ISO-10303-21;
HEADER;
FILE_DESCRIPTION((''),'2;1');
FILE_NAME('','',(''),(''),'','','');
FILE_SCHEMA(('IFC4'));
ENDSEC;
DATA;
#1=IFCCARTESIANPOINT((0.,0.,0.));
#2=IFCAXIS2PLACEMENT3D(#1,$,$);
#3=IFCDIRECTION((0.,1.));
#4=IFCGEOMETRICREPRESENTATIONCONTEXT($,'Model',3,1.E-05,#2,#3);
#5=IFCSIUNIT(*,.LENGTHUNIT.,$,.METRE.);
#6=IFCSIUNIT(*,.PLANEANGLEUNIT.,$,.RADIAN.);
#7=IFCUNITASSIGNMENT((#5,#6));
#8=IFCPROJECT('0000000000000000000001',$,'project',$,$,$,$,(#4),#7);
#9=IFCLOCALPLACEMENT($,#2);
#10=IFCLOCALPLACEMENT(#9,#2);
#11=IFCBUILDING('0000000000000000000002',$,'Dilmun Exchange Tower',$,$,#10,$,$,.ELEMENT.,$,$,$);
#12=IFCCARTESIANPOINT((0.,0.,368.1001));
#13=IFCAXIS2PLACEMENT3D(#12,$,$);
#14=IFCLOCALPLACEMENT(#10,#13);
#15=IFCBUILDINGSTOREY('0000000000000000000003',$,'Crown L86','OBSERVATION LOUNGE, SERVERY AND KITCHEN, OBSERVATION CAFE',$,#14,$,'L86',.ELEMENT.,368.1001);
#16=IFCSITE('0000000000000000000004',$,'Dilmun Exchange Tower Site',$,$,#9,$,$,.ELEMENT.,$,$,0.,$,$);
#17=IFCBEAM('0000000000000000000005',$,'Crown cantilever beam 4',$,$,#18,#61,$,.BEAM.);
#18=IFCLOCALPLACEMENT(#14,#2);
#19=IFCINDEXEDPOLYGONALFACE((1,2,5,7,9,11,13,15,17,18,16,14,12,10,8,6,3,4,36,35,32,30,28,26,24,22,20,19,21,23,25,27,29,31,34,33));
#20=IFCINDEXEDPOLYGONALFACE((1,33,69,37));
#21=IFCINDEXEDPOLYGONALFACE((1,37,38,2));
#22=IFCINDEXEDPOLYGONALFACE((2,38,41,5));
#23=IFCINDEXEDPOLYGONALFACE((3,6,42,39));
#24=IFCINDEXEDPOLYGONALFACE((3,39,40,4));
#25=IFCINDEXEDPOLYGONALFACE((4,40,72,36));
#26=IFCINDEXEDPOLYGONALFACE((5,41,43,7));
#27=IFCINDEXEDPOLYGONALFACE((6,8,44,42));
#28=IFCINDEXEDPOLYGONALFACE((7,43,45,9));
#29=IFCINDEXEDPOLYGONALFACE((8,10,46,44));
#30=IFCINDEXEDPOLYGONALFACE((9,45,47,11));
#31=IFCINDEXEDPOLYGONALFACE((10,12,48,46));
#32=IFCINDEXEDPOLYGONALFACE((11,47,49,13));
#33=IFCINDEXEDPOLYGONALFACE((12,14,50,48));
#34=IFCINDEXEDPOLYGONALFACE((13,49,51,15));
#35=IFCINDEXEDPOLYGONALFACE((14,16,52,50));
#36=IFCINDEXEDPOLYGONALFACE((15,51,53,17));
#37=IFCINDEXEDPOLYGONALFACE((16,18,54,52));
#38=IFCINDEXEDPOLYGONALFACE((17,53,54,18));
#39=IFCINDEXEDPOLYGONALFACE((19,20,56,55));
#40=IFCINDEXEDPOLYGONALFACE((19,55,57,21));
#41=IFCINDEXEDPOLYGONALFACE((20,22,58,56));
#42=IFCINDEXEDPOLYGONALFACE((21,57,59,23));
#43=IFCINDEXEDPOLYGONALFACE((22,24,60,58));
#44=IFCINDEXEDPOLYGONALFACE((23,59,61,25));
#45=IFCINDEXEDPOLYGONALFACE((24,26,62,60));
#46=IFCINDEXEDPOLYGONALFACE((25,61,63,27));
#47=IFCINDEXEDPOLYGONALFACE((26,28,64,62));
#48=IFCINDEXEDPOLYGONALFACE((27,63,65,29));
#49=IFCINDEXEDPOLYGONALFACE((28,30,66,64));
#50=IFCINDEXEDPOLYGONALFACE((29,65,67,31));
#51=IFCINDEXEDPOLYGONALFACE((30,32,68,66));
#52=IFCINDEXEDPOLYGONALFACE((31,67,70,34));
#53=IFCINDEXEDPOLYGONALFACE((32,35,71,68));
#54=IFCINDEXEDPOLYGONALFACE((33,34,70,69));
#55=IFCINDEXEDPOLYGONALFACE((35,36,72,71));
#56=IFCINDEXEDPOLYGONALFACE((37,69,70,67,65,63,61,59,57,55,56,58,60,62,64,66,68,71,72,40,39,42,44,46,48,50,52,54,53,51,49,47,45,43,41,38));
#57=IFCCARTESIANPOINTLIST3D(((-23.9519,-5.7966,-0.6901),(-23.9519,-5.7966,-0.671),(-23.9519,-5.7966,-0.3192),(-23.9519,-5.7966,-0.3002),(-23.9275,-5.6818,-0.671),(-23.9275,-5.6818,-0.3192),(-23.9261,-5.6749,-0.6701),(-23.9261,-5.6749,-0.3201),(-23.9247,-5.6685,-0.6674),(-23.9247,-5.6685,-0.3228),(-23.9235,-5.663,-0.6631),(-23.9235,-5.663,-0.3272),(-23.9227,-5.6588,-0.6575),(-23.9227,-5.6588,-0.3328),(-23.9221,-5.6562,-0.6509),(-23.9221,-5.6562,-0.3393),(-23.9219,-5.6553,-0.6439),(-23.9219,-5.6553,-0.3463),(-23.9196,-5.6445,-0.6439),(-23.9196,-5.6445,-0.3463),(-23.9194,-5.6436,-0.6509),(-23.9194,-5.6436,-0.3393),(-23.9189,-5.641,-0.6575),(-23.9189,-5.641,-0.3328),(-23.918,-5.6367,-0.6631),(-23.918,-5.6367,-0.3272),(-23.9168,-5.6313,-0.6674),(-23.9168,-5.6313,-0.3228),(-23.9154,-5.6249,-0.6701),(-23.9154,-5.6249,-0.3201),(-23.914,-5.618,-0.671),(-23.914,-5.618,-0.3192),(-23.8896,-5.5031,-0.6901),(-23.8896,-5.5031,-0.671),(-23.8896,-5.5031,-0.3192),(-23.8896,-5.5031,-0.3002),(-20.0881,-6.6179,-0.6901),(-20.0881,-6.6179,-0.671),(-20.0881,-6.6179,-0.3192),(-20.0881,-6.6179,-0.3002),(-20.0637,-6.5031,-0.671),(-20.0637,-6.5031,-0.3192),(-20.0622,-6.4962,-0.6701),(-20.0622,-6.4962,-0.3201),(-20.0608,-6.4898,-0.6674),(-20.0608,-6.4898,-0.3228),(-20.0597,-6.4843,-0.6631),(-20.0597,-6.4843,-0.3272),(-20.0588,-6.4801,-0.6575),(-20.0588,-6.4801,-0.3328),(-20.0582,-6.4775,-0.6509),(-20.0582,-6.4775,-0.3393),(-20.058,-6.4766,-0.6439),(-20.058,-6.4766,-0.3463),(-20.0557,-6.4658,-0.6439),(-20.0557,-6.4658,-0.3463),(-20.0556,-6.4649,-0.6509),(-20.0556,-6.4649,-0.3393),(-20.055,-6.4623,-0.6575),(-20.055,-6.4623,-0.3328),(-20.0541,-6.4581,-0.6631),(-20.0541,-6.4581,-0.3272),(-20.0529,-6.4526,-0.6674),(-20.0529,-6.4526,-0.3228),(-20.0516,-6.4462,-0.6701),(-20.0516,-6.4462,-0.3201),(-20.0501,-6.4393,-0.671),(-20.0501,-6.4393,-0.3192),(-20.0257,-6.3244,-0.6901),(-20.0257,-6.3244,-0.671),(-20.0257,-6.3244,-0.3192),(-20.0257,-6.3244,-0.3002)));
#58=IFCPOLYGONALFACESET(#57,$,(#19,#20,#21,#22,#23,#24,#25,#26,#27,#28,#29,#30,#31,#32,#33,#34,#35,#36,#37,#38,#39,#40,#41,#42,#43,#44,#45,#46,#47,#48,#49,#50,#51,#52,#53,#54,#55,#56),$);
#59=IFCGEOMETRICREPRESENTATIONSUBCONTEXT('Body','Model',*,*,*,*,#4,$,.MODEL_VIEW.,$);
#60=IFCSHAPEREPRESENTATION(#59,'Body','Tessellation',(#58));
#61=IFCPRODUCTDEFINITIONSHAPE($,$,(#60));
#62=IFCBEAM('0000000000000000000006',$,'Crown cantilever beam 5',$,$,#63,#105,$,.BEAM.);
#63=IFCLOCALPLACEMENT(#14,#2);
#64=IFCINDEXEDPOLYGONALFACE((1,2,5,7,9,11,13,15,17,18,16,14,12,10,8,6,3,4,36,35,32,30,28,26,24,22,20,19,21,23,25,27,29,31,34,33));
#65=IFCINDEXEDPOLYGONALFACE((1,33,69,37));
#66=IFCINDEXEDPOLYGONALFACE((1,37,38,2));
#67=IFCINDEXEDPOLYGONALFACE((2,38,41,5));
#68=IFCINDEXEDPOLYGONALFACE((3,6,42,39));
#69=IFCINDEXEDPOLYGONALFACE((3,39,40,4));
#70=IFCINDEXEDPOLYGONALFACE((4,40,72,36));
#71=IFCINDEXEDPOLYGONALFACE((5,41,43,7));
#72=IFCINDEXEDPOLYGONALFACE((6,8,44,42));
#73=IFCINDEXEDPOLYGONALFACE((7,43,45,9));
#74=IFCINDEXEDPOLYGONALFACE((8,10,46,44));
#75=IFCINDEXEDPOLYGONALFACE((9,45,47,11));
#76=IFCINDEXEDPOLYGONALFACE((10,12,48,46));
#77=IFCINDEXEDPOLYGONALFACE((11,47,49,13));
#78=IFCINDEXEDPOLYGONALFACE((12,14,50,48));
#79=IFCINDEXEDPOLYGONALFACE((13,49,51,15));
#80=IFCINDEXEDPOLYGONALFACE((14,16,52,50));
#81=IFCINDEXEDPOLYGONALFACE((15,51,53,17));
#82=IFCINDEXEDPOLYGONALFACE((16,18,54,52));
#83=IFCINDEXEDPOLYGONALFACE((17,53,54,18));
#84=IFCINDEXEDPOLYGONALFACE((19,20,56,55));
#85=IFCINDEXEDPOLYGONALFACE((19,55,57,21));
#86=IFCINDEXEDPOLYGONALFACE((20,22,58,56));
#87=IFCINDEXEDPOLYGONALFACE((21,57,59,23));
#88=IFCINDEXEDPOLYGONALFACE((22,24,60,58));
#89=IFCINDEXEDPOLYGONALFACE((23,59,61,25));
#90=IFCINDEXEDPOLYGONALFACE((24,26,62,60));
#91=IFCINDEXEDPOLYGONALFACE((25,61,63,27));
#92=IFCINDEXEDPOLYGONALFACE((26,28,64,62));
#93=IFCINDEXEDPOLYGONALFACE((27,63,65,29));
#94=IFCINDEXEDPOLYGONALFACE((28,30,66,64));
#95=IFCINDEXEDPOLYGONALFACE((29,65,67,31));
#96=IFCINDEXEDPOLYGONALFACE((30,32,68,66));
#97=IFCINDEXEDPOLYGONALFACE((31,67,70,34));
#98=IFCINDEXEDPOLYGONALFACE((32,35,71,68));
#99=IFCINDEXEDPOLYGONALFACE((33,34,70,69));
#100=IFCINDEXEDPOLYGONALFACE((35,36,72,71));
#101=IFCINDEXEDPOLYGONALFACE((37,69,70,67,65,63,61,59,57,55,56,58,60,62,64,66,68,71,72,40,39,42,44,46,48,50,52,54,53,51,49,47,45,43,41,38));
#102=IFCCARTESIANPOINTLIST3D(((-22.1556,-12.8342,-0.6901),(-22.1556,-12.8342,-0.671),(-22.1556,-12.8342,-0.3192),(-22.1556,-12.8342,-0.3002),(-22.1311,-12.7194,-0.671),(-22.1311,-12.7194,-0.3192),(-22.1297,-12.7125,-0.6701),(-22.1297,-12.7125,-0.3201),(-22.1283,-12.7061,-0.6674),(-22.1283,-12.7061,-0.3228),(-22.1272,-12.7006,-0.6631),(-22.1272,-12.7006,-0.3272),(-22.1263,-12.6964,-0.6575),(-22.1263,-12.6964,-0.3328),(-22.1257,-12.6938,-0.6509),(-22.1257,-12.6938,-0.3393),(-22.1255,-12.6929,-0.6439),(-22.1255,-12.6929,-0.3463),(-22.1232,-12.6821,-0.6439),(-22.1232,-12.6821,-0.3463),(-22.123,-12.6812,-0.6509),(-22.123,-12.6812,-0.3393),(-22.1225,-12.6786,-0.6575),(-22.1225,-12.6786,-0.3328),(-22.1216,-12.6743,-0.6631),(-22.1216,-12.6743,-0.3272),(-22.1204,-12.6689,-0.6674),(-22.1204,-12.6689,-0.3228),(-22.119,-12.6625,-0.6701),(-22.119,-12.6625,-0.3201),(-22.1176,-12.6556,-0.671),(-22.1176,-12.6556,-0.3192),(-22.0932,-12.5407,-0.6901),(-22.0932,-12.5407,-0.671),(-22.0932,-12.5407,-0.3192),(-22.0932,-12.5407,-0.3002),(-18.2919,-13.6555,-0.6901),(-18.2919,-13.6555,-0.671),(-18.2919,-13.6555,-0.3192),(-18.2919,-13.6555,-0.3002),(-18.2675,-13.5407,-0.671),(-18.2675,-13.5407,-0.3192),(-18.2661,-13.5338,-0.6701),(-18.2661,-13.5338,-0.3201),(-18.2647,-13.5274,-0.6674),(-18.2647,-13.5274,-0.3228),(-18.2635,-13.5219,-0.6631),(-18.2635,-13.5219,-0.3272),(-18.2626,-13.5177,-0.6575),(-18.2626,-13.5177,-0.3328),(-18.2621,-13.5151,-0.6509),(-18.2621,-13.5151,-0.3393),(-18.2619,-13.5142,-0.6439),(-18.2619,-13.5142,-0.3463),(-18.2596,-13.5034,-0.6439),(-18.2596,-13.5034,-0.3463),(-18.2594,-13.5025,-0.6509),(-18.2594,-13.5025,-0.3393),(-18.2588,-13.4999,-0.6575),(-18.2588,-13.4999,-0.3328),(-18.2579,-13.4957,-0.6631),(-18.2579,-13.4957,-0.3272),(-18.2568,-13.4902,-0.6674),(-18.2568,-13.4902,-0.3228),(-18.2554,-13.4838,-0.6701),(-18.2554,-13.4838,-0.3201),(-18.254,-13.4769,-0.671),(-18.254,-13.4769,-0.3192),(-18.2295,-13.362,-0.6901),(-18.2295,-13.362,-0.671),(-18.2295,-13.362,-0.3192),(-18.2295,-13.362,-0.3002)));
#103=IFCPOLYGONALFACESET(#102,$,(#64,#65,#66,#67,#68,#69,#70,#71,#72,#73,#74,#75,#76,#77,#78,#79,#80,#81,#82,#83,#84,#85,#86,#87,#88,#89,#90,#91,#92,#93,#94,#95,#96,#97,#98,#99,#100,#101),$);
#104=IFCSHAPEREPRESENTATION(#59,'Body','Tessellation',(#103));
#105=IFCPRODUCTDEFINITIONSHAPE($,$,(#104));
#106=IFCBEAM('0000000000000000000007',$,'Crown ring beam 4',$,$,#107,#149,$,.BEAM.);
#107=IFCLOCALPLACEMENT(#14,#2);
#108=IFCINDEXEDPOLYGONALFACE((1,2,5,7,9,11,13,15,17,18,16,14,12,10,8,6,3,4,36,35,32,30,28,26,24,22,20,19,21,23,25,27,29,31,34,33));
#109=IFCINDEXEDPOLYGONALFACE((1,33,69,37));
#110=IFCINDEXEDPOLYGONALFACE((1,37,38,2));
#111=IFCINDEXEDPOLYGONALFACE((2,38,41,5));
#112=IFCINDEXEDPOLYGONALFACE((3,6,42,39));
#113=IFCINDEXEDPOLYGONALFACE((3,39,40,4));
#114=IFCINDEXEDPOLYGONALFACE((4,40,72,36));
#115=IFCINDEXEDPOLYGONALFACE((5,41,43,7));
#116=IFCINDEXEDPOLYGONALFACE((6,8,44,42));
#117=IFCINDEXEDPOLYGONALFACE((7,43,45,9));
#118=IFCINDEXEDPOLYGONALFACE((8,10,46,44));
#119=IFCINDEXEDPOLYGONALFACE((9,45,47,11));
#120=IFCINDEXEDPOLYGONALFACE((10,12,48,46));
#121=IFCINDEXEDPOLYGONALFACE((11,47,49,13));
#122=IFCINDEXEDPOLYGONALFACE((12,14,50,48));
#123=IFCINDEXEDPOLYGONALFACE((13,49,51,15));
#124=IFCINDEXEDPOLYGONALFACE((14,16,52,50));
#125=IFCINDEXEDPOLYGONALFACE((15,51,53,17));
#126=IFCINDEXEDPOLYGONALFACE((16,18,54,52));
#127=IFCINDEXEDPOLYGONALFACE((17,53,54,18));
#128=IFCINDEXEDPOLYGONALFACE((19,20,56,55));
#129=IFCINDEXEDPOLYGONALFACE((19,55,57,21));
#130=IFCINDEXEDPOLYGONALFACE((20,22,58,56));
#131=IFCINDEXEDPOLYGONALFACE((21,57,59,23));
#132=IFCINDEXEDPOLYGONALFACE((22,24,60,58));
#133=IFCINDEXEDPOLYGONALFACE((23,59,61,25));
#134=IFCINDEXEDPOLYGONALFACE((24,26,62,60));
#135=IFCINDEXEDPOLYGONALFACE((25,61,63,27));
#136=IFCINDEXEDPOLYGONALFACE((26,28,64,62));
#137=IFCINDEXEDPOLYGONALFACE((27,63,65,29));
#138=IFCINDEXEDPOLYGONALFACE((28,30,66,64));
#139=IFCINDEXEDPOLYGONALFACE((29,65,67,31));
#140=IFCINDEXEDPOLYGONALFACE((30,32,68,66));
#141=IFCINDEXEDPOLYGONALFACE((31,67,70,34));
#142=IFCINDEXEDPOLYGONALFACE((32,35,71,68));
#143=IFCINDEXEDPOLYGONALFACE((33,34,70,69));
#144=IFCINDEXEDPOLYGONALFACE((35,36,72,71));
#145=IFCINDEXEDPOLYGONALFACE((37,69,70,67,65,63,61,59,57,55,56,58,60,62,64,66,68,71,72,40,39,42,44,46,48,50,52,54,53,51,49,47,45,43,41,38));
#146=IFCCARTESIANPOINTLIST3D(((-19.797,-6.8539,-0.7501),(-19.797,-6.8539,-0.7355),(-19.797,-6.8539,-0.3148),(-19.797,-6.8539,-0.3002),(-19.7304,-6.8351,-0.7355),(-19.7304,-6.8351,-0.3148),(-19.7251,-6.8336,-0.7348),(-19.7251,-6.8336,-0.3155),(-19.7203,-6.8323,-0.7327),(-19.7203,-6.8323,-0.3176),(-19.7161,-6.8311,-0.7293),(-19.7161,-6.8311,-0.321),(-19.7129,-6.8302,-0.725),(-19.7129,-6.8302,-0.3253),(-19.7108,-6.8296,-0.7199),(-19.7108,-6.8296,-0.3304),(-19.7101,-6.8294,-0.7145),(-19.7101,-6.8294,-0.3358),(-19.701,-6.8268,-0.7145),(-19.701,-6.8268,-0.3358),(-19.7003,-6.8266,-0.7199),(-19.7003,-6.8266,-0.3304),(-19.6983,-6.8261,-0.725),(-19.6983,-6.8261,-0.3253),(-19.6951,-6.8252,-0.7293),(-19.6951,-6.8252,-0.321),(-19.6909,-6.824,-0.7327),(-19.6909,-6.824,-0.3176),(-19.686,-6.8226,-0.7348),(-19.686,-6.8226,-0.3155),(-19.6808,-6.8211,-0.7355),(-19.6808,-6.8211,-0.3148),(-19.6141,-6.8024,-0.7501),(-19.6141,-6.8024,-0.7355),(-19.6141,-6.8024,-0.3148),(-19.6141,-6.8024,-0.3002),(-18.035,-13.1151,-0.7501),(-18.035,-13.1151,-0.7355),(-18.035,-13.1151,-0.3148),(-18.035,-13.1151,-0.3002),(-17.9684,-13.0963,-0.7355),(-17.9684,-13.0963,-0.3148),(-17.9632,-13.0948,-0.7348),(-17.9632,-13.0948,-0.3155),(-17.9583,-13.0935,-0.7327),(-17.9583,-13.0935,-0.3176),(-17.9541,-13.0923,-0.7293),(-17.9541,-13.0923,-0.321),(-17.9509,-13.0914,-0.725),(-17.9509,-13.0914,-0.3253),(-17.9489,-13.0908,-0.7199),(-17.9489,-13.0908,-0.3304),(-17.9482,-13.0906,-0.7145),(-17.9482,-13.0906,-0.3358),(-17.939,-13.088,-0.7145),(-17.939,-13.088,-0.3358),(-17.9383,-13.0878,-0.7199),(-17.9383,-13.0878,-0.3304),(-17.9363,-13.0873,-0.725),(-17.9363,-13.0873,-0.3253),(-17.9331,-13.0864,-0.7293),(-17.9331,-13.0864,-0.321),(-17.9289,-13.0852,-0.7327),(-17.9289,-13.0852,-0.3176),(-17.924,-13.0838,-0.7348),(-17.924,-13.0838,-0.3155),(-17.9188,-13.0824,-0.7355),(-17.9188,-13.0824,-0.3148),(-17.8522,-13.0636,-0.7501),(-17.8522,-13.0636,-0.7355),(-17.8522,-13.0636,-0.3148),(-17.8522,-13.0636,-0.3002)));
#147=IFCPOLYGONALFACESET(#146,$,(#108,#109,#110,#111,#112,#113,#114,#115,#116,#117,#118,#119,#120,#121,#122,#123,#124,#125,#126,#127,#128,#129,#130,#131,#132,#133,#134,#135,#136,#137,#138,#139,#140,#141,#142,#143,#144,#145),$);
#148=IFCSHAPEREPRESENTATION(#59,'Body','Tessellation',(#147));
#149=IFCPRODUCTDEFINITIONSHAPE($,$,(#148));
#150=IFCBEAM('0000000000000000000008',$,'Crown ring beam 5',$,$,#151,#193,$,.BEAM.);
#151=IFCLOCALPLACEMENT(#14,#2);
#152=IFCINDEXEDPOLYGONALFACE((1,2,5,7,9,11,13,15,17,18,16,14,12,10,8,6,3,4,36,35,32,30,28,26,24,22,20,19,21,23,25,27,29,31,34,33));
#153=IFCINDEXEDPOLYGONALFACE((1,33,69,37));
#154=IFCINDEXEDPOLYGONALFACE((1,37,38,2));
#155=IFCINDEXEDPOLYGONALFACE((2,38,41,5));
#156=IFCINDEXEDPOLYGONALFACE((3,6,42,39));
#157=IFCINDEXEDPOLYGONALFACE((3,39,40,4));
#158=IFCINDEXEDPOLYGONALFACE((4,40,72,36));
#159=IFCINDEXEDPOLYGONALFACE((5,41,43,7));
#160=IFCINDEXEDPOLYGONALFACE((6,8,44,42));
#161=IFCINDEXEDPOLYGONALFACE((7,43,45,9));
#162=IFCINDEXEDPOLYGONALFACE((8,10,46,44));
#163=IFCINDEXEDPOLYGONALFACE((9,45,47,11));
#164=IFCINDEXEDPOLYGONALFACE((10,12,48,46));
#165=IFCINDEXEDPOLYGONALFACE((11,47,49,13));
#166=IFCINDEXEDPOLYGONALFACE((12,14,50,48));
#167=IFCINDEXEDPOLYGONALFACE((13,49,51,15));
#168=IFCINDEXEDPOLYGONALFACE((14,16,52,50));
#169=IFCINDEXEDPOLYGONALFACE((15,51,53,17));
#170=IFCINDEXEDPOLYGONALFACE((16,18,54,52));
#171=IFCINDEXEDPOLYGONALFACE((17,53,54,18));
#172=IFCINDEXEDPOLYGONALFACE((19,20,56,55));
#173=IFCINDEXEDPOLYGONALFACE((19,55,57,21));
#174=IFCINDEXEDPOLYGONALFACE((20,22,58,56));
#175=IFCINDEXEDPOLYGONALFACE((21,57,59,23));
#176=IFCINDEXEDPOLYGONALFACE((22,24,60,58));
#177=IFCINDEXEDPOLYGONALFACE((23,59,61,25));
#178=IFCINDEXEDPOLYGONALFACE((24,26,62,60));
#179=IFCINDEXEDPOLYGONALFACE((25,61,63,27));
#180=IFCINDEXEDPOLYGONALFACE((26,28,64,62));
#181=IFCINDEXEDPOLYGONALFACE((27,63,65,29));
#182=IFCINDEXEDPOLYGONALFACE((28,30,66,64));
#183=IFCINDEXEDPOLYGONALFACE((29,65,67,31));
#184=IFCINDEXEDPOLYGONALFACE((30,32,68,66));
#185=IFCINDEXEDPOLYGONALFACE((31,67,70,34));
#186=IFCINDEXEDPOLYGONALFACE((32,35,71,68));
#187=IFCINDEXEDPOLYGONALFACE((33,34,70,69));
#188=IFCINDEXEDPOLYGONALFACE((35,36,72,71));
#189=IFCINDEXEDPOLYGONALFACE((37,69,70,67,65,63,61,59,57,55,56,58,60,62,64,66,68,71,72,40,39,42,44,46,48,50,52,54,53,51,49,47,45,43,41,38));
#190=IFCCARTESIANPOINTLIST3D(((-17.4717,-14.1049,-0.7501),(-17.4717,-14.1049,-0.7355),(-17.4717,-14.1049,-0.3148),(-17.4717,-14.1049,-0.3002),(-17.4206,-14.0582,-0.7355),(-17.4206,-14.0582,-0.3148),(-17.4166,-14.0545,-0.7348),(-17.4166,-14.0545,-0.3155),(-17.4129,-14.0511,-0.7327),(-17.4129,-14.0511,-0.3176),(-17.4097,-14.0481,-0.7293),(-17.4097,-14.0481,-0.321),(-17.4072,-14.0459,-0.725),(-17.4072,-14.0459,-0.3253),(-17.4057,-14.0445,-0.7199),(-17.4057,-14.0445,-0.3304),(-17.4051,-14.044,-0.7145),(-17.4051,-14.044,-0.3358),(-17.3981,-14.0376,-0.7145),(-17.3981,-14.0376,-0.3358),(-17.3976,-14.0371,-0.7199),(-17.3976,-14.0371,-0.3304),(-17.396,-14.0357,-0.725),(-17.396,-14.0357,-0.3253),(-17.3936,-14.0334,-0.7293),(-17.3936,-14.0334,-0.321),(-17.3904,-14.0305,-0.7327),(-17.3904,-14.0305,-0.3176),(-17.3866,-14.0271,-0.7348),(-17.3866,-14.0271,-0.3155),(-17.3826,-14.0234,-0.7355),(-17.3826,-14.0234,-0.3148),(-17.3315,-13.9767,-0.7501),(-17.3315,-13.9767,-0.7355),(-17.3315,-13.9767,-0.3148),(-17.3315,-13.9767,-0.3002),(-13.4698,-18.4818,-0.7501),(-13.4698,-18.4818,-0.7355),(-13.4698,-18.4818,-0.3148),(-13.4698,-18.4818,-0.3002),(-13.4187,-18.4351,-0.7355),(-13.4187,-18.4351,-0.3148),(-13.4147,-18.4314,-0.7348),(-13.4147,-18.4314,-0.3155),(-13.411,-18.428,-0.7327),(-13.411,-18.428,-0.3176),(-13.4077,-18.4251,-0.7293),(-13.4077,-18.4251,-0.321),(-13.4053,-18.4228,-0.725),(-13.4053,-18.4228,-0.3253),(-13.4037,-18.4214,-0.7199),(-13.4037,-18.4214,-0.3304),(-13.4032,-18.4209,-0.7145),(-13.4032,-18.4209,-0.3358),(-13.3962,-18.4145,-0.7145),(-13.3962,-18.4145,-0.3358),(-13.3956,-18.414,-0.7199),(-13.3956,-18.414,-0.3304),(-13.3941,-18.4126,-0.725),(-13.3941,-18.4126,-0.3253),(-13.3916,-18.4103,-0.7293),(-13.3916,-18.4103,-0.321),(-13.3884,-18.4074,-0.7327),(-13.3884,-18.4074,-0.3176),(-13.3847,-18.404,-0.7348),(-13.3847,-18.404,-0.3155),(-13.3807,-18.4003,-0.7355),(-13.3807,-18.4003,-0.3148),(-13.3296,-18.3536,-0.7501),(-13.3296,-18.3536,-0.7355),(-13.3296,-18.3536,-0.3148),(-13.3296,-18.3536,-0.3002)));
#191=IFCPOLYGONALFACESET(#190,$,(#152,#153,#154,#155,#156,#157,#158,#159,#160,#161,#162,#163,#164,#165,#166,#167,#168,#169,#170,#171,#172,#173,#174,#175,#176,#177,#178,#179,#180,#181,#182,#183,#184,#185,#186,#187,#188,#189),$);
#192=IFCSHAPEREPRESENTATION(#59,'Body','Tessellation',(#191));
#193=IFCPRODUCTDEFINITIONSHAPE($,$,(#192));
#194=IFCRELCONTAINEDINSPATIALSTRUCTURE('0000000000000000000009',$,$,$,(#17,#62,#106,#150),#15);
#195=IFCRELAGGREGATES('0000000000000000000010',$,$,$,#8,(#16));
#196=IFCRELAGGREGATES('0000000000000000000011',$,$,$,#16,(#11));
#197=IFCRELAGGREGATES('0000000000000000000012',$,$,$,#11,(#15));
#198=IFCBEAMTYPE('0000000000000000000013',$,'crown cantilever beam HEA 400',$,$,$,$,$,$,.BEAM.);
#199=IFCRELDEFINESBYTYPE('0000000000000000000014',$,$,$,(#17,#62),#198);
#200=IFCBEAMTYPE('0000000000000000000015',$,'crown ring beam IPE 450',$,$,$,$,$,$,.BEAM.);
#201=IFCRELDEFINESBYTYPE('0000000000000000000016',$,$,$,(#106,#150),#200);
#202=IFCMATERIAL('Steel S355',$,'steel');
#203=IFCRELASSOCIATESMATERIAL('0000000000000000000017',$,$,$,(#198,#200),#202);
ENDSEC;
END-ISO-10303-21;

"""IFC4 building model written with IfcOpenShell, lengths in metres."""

from ifc_helpers import new_model, si_unit, direction, frame, origin, origin_2d, place, context, subcontext, project, spatial, i_section, extrude, material, material_profile, profile_set, type_object, element, save


model = new_model("IFC4")

# Units and contexts
model_context = context("Model", 3, precision=1e-05, world=origin(), true_north=direction((0.0, 1.0)))
body_context = subcontext(model_context, "Body", "Model", "MODEL_VIEW")
ifc_project = project(units=[si_unit("LENGTHUNIT", "METRE"), si_unit("PLANEANGLEUNIT", "RADIAN")], contexts=[model_context])

# Site, building, storey
site_placement = place(None, origin())
site = spatial("IfcSite", under=ifc_project, at=site_placement, Name="Dilmun Exchange Tower Site", CompositionType="ELEMENT", RefElevation=0.0)
building_placement = place(site_placement, origin())
building = spatial("IfcBuilding", under=site, at=building_placement, Name="Dilmun Exchange Tower", CompositionType="ELEMENT")
storey_placement = place(building_placement, frame((0.0, 0.0, 368.1001)))
storey = spatial("IfcBuildingStorey", under=building, at=storey_placement, Name="Crown L86", Description="OBSERVATION LOUNGE, SERVERY AND KITCHEN, OBSERVATION CAFE", LongName="L86", CompositionType="ELEMENT", Elevation=368.1001)

# Beams
ifc_material_1 = material(Name="Steel S355", Category="steel")
ifc_material_profile_1 = material_profile(ifc_material_1, i_section(OverallWidth=0.3, OverallDepth=0.3899, WebThickness=0.011, FlangeThickness=0.019, FilletRadius=0.0271, at=origin_2d()), Name="HEA 400")
ifc_profile_set_1 = profile_set([ifc_material_profile_1], Name="Steel S355")
beam_type_1 = type_object("IfcBeamType", Name="crown cantilever beam HEA 400", PredefinedType="BEAM", material=ifc_profile_set_1)
beam_1_placement = place(storey_placement, frame((-20.0569, -6.4712, -0.4951), z_axis=(-0.978147, 0.207916, 0.0), x_axis=(-0.207916, -0.978147, 0.0)))
element("IfcBeam", 1, at=beam_1_placement, inside=storey, type_object=beam_type_1, Name="Crown cantilever beam 4", PredefinedType="BEAM", context=body_context, shape_type="SweptSolid", body=[
    extrude(i_section(OverallWidth=0.3, OverallDepth=0.3899, WebThickness=0.011, FlangeThickness=0.019, FilletRadius=0.0271, at=origin_2d()), origin(), (0.0, 0.0, 1.0), 3.9502),
])
beam_2_placement = place(storey_placement, frame((-18.2607, -13.5088, -0.4951), z_axis=(-0.978144, 0.207929, 0.0), x_axis=(-0.207929, -0.978144, 0.0)))
element("IfcBeam", 2, at=beam_2_placement, inside=storey, type_object=beam_type_1, Name="Crown cantilever beam 5", PredefinedType="BEAM", context=body_context, shape_type="SweptSolid", body=[
    extrude(i_section(OverallWidth=0.3, OverallDepth=0.3899, WebThickness=0.011, FlangeThickness=0.019, FilletRadius=0.0271, at=origin_2d()), origin(), (0.0, 0.0, 1.0), 3.95),
])
ifc_material_profile_2 = material_profile(ifc_material_1, i_section(OverallWidth=0.1899, OverallDepth=0.45, WebThickness=0.0095, FlangeThickness=0.0146, FilletRadius=0.021, at=origin_2d()), Name="IPE 450")
ifc_profile_set_2 = profile_set([ifc_material_profile_2], Name="Steel S355")
beam_type_2 = type_object("IfcBeamType", Name="crown ring beam IPE 450", PredefinedType="BEAM", material=ifc_profile_set_2)
beam_3_placement = place(storey_placement, frame((-19.7056, -6.8281, -0.5251), z_axis=(0.270887, -0.962611, 0.0), x_axis=(0.962611, 0.270887, 0.0)))
element("IfcBeam", 3, at=beam_3_placement, inside=storey, type_object=beam_type_2, Name="Crown ring beam 4", PredefinedType="BEAM", context=body_context, shape_type="SweptSolid", body=[
    extrude(i_section(OverallWidth=0.1899, OverallDepth=0.45, WebThickness=0.0095, FlangeThickness=0.0146, FilletRadius=0.021, at=origin_2d()), origin(), (0.0, 0.0, 1.0), 6.5044),
])
beam_4_placement = place(storey_placement, frame((-17.4016, -14.0408, -0.5251), z_axis=(0.674785, -0.738015, 0.0), x_axis=(0.738015, 0.674785, 0.0)))
element("IfcBeam", 4, at=beam_4_placement, inside=storey, type_object=beam_type_2, Name="Crown ring beam 5", PredefinedType="BEAM", context=body_context, shape_type="SweptSolid", body=[
    extrude(i_section(OverallWidth=0.1899, OverallDepth=0.45, WebThickness=0.0095, FlangeThickness=0.0146, FilletRadius=0.021, at=origin_2d()), origin(), (0.0, 0.0, 1.0), 5.9307),
])

save(model, "model.ifc")
